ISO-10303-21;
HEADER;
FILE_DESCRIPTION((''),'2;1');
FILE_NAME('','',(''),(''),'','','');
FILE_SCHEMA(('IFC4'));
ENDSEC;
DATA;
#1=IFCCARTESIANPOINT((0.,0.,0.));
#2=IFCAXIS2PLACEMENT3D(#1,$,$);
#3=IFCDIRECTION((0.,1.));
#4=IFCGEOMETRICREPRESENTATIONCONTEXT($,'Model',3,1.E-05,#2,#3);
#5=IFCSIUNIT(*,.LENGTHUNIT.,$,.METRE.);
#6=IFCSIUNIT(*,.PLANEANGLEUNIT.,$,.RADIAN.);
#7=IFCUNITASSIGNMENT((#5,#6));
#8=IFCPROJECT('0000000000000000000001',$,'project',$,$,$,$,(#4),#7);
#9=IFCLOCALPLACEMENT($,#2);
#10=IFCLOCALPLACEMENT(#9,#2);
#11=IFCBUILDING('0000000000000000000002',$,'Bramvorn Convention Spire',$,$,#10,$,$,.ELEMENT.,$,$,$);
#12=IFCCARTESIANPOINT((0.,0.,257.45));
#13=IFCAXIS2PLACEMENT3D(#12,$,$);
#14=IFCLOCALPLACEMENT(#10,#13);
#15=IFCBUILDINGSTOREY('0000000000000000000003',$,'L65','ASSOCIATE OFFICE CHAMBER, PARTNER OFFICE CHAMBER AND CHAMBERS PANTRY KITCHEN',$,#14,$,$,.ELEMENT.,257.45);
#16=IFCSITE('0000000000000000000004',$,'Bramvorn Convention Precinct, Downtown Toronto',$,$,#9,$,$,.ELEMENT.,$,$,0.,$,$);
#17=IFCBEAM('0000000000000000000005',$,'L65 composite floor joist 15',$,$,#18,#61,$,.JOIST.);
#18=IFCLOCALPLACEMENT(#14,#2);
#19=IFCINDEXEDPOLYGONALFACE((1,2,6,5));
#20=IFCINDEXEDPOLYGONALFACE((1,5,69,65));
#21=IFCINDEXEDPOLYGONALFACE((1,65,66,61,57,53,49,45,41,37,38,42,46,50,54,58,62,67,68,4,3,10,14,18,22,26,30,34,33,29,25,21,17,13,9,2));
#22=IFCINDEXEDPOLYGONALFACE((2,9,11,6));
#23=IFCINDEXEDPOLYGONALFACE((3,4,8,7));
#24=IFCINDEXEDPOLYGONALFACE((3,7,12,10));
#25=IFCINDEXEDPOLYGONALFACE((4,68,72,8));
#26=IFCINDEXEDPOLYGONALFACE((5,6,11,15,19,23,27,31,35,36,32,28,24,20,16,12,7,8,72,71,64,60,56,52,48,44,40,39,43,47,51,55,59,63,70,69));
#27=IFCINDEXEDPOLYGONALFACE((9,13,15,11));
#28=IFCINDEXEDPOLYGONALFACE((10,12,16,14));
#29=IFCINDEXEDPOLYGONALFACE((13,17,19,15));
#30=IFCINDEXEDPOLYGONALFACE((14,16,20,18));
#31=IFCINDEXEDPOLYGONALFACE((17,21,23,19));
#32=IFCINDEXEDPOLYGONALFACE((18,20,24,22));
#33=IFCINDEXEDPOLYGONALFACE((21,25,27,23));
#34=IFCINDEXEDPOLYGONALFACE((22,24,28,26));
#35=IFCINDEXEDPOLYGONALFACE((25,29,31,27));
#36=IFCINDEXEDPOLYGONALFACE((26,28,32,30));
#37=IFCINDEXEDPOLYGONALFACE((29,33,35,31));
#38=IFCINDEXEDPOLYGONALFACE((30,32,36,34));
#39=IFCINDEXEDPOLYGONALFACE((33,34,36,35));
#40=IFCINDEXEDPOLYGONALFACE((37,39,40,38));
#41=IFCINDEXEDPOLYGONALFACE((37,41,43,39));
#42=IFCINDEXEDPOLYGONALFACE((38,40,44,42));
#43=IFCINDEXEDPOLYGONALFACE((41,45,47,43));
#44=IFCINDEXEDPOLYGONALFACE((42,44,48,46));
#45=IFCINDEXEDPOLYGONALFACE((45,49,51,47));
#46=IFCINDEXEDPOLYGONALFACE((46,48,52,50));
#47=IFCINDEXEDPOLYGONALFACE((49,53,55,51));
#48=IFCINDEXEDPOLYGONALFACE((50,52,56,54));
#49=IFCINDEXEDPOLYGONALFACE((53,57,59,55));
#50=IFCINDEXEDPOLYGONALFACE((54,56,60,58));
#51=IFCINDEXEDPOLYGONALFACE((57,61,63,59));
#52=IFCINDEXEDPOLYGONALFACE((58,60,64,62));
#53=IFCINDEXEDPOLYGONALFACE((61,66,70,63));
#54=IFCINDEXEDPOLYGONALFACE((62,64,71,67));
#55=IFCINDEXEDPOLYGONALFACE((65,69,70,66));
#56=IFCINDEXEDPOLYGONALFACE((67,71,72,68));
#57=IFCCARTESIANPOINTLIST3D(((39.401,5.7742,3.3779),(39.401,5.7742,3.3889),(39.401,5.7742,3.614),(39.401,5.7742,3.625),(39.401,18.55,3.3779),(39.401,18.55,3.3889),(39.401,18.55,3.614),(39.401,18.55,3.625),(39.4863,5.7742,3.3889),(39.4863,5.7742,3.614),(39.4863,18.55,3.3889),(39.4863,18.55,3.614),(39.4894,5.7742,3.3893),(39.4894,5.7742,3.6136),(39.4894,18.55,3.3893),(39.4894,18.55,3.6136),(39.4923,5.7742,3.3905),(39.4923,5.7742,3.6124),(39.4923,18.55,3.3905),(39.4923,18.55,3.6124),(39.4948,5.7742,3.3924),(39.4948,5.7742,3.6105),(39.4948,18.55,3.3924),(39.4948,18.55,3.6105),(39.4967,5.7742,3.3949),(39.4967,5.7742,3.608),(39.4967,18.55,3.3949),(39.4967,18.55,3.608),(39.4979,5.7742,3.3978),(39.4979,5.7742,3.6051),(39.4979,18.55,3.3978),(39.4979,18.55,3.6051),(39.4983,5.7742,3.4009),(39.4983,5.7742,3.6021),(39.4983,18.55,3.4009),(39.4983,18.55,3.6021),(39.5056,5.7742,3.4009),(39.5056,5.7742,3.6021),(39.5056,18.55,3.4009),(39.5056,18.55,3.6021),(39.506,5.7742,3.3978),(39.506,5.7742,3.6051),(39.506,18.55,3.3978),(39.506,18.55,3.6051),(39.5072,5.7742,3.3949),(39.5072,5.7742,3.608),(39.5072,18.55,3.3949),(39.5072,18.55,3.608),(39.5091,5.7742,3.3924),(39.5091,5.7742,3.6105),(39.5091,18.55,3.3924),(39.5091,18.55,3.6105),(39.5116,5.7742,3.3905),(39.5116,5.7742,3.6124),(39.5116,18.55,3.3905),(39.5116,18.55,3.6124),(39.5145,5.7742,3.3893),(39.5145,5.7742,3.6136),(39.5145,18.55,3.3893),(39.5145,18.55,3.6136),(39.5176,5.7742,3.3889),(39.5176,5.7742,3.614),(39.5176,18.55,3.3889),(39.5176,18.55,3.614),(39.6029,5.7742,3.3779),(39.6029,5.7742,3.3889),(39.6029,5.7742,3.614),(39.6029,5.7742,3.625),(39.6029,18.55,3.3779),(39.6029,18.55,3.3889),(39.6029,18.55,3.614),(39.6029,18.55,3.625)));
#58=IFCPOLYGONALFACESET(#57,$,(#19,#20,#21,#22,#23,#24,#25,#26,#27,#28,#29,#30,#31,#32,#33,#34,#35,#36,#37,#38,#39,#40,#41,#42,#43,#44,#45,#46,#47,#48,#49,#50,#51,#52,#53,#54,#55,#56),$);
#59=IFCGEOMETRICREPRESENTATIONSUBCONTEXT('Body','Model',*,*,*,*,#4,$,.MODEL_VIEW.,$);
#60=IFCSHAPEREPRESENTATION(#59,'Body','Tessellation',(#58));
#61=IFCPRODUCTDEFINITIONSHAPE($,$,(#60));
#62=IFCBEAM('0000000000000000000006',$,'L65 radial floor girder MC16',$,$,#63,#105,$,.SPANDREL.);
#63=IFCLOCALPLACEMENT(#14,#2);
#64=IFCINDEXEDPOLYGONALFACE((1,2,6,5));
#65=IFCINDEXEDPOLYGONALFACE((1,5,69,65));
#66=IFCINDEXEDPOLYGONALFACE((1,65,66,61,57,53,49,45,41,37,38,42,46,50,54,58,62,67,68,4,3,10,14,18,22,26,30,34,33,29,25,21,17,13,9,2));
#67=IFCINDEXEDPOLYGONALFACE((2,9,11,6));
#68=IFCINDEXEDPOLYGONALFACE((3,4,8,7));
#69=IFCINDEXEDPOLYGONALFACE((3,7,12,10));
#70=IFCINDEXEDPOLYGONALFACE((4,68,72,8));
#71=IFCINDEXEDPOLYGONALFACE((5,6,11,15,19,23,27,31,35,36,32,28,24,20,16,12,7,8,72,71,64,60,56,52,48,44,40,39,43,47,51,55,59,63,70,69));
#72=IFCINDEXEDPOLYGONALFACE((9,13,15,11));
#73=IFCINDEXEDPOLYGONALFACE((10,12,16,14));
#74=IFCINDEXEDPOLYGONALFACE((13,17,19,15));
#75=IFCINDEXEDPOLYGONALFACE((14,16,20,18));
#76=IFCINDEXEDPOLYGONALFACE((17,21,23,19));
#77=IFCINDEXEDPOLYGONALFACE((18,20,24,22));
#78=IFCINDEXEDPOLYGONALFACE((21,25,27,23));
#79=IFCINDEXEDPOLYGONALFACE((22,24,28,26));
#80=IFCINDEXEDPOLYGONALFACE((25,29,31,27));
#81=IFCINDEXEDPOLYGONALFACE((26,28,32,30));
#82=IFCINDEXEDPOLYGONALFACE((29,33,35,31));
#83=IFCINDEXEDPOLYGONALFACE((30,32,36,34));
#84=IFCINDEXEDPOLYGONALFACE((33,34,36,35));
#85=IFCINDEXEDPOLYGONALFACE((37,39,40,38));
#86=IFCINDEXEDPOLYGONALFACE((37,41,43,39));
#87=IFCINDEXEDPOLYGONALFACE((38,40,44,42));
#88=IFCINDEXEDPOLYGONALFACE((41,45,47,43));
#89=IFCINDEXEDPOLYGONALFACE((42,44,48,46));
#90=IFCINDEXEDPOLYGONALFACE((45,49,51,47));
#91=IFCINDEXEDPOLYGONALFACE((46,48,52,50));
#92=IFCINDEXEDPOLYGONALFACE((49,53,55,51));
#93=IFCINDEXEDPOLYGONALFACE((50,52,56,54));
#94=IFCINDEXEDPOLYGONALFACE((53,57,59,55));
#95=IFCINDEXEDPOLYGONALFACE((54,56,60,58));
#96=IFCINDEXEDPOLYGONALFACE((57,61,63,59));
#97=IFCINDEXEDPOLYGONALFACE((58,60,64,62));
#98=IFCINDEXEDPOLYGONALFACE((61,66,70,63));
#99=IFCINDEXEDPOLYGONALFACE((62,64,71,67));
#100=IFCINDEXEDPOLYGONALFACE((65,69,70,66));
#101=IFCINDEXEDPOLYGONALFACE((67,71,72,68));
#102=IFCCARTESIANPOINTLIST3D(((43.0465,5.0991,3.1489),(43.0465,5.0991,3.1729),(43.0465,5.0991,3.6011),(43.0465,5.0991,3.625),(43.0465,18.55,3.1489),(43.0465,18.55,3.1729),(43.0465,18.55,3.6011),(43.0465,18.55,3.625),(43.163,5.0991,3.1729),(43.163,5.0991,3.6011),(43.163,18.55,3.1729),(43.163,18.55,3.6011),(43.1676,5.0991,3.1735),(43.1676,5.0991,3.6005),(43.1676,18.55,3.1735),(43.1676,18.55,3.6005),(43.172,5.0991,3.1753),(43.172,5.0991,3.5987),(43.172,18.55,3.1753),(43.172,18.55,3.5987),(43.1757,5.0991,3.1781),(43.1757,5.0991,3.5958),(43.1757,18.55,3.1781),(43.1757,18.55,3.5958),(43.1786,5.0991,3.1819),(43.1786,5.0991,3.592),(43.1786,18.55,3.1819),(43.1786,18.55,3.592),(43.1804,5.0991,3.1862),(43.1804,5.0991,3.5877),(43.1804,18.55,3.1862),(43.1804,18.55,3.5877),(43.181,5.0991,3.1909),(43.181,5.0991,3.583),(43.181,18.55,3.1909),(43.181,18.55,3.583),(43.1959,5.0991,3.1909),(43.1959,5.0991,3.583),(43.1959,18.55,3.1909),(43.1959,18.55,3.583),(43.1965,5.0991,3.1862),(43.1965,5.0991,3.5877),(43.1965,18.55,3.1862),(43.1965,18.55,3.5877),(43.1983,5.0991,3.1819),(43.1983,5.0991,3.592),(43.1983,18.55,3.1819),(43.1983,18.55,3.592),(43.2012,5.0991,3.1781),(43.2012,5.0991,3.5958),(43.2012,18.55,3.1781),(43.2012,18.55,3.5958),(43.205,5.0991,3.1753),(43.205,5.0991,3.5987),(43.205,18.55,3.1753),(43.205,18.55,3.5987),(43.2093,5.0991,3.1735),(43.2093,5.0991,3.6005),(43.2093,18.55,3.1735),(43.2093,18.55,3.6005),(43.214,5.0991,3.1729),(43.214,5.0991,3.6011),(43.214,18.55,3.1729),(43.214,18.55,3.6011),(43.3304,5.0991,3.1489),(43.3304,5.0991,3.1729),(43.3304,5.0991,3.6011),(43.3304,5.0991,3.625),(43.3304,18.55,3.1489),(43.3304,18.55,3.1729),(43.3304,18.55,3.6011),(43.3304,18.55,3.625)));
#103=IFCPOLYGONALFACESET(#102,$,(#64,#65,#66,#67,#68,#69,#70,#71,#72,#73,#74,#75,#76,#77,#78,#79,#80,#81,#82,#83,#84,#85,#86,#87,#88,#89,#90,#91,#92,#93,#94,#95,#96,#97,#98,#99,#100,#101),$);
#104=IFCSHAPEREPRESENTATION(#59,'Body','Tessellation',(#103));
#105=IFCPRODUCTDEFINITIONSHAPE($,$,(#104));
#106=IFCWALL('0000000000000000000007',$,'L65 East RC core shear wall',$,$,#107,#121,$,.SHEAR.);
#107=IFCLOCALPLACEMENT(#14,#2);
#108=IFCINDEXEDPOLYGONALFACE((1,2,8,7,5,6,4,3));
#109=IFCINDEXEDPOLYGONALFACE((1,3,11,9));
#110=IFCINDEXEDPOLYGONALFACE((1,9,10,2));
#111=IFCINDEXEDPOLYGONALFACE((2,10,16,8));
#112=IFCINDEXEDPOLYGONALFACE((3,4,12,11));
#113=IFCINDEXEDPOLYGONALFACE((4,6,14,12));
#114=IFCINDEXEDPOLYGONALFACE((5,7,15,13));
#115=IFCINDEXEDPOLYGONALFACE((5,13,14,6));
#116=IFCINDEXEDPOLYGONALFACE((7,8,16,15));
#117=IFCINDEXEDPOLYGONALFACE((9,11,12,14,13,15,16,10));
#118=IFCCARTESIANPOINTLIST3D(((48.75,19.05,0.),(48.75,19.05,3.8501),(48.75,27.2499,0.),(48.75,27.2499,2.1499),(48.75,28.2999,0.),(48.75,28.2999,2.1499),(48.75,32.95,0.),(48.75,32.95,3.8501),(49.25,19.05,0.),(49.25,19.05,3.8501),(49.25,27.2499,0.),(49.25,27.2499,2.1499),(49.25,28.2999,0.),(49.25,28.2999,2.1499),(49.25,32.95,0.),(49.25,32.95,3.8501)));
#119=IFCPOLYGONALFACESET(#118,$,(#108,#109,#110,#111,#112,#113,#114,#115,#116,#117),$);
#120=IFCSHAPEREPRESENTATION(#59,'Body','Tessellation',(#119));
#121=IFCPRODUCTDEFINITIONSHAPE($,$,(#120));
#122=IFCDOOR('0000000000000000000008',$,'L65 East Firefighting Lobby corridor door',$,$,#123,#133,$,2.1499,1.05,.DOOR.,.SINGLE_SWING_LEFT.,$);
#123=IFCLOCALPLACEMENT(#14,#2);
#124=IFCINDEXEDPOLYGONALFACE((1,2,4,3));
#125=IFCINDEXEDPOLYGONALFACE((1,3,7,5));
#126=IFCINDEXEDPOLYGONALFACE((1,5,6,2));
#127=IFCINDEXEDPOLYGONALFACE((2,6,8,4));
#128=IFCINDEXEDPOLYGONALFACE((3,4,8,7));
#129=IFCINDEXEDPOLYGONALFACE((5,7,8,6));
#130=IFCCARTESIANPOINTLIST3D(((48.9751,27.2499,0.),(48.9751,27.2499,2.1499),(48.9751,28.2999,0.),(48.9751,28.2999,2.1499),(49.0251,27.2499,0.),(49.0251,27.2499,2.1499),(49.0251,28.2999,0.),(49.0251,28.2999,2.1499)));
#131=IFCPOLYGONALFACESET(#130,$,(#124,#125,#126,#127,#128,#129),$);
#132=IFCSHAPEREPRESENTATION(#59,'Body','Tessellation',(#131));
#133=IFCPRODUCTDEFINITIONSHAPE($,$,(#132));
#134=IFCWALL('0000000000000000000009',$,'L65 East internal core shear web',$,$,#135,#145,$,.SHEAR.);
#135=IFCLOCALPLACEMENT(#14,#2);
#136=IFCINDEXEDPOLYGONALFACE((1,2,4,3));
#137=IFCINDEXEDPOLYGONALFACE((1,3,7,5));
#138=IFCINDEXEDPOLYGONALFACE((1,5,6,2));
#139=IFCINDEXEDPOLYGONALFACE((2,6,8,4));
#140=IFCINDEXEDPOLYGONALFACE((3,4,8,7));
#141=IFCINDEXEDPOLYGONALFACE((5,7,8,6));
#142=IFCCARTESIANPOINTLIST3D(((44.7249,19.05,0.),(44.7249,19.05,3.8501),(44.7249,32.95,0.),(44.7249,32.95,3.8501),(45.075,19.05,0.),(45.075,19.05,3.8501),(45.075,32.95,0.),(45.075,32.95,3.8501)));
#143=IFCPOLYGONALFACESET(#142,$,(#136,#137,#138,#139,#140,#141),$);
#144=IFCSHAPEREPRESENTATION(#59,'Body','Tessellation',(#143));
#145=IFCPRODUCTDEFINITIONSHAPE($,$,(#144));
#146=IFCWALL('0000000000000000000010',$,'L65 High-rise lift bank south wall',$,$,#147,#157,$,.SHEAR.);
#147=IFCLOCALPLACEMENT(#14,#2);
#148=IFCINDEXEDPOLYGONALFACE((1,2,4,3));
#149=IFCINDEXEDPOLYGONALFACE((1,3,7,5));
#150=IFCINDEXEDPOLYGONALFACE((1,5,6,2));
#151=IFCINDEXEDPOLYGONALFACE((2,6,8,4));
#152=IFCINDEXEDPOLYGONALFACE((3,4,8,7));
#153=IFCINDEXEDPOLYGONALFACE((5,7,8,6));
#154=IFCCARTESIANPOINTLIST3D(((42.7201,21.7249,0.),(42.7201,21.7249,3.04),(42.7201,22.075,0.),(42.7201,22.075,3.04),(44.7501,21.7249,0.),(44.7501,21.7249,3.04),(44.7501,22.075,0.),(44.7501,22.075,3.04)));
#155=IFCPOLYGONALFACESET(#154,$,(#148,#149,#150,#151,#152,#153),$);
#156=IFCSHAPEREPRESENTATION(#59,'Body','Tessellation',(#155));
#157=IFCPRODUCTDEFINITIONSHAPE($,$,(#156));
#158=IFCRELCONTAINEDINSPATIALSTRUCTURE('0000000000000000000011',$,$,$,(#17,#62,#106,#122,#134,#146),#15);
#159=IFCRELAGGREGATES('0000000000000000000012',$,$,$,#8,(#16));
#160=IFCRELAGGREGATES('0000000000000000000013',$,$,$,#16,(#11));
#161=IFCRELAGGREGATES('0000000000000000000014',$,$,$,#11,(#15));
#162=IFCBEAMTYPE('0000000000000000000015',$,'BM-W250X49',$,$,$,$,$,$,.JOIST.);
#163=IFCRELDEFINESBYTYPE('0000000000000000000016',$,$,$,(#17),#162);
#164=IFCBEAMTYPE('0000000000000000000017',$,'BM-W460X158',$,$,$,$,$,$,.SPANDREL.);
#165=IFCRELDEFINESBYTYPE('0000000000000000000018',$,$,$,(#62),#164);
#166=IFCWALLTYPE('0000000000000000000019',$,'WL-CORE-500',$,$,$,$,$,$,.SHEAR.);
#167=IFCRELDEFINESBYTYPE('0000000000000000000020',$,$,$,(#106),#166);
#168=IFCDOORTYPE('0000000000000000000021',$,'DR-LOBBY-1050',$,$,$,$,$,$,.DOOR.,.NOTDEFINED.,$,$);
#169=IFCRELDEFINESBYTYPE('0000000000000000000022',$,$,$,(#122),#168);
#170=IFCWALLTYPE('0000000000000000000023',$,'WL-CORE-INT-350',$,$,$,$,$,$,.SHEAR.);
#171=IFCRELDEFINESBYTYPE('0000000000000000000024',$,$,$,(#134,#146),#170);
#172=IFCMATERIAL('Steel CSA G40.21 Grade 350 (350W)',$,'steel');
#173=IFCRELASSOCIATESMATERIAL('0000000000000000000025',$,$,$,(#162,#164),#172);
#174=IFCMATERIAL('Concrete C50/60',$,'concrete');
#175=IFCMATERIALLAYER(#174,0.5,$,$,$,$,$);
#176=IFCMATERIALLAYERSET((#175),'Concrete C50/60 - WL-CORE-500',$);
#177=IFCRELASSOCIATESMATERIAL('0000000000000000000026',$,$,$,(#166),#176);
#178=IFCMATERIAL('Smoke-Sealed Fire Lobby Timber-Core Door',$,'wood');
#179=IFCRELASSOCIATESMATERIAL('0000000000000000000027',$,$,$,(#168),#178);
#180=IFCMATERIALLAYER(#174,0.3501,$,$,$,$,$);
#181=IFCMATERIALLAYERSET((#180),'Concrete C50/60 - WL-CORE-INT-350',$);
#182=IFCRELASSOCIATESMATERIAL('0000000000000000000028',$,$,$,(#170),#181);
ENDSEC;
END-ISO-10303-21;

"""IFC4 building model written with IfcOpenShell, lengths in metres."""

from ifc_helpers import new_model, si_unit, direction, frame, frame_2d, origin, origin_2d, place, context, subcontext, project, spatial, rectangle, i_section, extrude, material, layer, layer_set, material_profile, profile_set, type_object, element, fill, save


model = new_model("IFC4")

# Units and contexts
model_context = context("Model", 3, precision=1e-05, world=origin(), true_north=direction((0.0, 1.0)))
body_context = subcontext(model_context, "Body", "Model", "MODEL_VIEW")
ifc_project = project(units=[si_unit("LENGTHUNIT", "METRE"), si_unit("PLANEANGLEUNIT", "RADIAN")], contexts=[model_context])

# Site, building, storey
site_placement = place(None, origin())
site = spatial("IfcSite", under=ifc_project, at=site_placement, Name="Bramvorn Convention Precinct, Downtown Toronto", CompositionType="ELEMENT", RefElevation=0.0)
building_placement = place(site_placement, origin())
building = spatial("IfcBuilding", under=site, at=building_placement, Name="Bramvorn Convention Spire", CompositionType="ELEMENT")
storey_placement = place(building_placement, frame((0.0, 0.0, 257.45)))
storey = spatial("IfcBuildingStorey", under=building, at=storey_placement, Name="L65", Description="ASSOCIATE OFFICE CHAMBER, PARTNER OFFICE CHAMBER AND CHAMBERS PANTRY KITCHEN", CompositionType="ELEMENT", Elevation=257.45)

# Beams
ifc_material_1 = material(Name="Steel CSA G40.21 Grade 350 (350W)", Category="steel")
ifc_material_profile_1 = material_profile(ifc_material_1, i_section(OverallWidth=0.2019, OverallDepth=0.2471, WebThickness=0.0073, FlangeThickness=0.011, FilletRadius=0.012, at=origin_2d()))
ifc_profile_set_1 = profile_set([ifc_material_profile_1], Name="Steel CSA G40.21 Grade 350 (350W) - W250X49")
beam_type_1 = type_object("IfcBeamType", Name="BM-W250X49", PredefinedType="JOIST", material=ifc_profile_set_1)
beam_1_placement = place(storey_placement, frame((39.502, 18.55, 3.5015), z_axis=(0.0, -1.0, 0.0), x_axis=(1.0, 0.0, 0.0)))
element("IfcBeam", 1, at=beam_1_placement, inside=storey, type_object=beam_type_1, Name="L65 composite floor joist 15", PredefinedType="JOIST", context=body_context, shape_type="SweptSolid", body=[
    extrude(i_section(OverallWidth=0.2019, OverallDepth=0.2471, WebThickness=0.0073, FlangeThickness=0.011, FilletRadius=0.012, at=origin_2d()), origin(), (0.0, 0.0, 1.0), 12.7759),
])
ifc_material_profile_2 = material_profile(ifc_material_1, i_section(OverallWidth=0.2839, OverallDepth=0.4761, WebThickness=0.0149, FlangeThickness=0.0239, FilletRadius=0.0181, at=origin_2d()))
ifc_profile_set_2 = profile_set([ifc_material_profile_2], Name="Steel CSA G40.21 Grade 350 (350W) - W460X158")
beam_type_2 = type_object("IfcBeamType", Name="BM-W460X158", PredefinedType="SPANDREL", material=ifc_profile_set_2)
beam_2_placement = place(storey_placement, frame((43.1885, 18.55, 3.387), z_axis=(0.0, -1.0, 0.0), x_axis=(1.0, 0.0, 0.0)))
element("IfcBeam", 2, at=beam_2_placement, inside=storey, type_object=beam_type_2, Name="L65 radial floor girder MC16", PredefinedType="SPANDREL", context=body_context, shape_type="SweptSolid", body=[
    extrude(i_section(OverallWidth=0.2839, OverallDepth=0.4761, WebThickness=0.0149, FlangeThickness=0.0239, FilletRadius=0.0181, at=origin_2d()), origin(), (0.0, 0.0, 1.0), 13.4509),
])

# Wall, opening, door
ifc_material_2 = material(Name="Concrete C50/60", Category="concrete")
ifc_layer_1 = layer(ifc_material_2, 0.5)
ifc_layer_set_1 = layer_set([ifc_layer_1], Name="Concrete C50/60 - WL-CORE-500")
wall_type_1 = type_object("IfcWallType", Name="WL-CORE-500", PredefinedType="SHEAR", material=ifc_layer_set_1)
wall_1_placement = place(storey_placement, frame((49.0, 19.05, 0.0), z_axis=(0.0, 0.0, 1.0), x_axis=(0.0, 1.0, 0.0)))
wall_1 = element("IfcWall", 3, at=wall_1_placement, inside=storey, type_object=wall_type_1, Name="L65 East RC core shear wall", PredefinedType="SHEAR", context=body_context, shape_type="SweptSolid", body=[
    extrude(rectangle(XDim=13.8999, YDim=0.5, at=frame_2d((6.95, 0.0))), origin(), (0.0, 0.0, 1.0), 3.8501),
])
opening_1_placement = place(wall_1_placement, frame((8.2, 0.0, 0.0)))
opening_1 = element("IfcOpeningElement", 4, at=opening_1_placement, cuts=wall_1, PredefinedType="OPENING", context=body_context, shape_type="SweptSolid", body=[
    extrude(rectangle(XDim=1.05, YDim=2.1499, at=frame_2d((0.5249, 1.075))), frame((0.0, 0.26, 0.0), z_axis=(0.0, -1.0, 0.0), x_axis=(1.0, 0.0, 0.0)), (0.0, 0.0, 1.0), 0.52),
])
ifc_material_3 = material(Name="Smoke-Sealed Fire Lobby Timber-Core Door", Category="wood")
door_type_1 = type_object("IfcDoorType", Name="DR-LOBBY-1050", OperationType="NOTDEFINED", PredefinedType="DOOR", material=ifc_material_3)
door_1_placement = place(opening_1_placement, origin())
door_1 = element("IfcDoor", 5, at=door_1_placement, inside=storey, type_object=door_type_1, Name="L65 East Firefighting Lobby corridor door", OperationType="SINGLE_SWING_LEFT", OverallHeight=2.1499, OverallWidth=1.05, PredefinedType="DOOR", context=body_context, shape_type="SweptSolid", body=[
    extrude(rectangle(XDim=1.05, YDim=2.1499, at=frame_2d((0.5249, 1.075))), frame((0.0, 0.0249, 0.0), z_axis=(0.0, -1.0, 0.0), x_axis=(1.0, 0.0, 0.0)), (0.0, 0.0, 1.0), 0.05),
])
fill(opening_1, door_1)

# Wall
ifc_layer_2 = layer(ifc_material_2, 0.3501)
ifc_layer_set_2 = layer_set([ifc_layer_2], Name="Concrete C50/60 - WL-CORE-INT-350")
wall_type_2 = type_object("IfcWallType", Name="WL-CORE-INT-350", PredefinedType="SHEAR", material=ifc_layer_set_2)
wall_2_placement = place(storey_placement, frame((44.8999, 19.05, 0.0), z_axis=(0.0, 0.0, 1.0), x_axis=(0.0, 1.0, 0.0)))
element("IfcWall", 6, at=wall_2_placement, inside=storey, type_object=wall_type_2, Name="L65 East internal core shear web", PredefinedType="SHEAR", context=body_context, shape_type="SweptSolid", body=[
    extrude(rectangle(XDim=13.8999, YDim=0.3501, at=frame_2d((6.95, 0.0))), origin(), (0.0, 0.0, 1.0), 3.8501),
])

# Wall
wall_3_placement = place(storey_placement, frame((42.72, 21.8999, 0.0), z_axis=(0.0, 0.0, 1.0), x_axis=(1.0, 0.0, 0.0)))
element("IfcWall", 7, at=wall_3_placement, inside=storey, type_object=wall_type_2, Name="L65 High-rise lift bank south wall", PredefinedType="SHEAR", context=body_context, shape_type="SweptSolid", body=[
    extrude(rectangle(XDim=2.03, YDim=0.3501, at=frame_2d((1.0151, 0.0))), origin(), (0.0, 0.0, 1.0), 3.04),
])

save(model, "model.ifc")
